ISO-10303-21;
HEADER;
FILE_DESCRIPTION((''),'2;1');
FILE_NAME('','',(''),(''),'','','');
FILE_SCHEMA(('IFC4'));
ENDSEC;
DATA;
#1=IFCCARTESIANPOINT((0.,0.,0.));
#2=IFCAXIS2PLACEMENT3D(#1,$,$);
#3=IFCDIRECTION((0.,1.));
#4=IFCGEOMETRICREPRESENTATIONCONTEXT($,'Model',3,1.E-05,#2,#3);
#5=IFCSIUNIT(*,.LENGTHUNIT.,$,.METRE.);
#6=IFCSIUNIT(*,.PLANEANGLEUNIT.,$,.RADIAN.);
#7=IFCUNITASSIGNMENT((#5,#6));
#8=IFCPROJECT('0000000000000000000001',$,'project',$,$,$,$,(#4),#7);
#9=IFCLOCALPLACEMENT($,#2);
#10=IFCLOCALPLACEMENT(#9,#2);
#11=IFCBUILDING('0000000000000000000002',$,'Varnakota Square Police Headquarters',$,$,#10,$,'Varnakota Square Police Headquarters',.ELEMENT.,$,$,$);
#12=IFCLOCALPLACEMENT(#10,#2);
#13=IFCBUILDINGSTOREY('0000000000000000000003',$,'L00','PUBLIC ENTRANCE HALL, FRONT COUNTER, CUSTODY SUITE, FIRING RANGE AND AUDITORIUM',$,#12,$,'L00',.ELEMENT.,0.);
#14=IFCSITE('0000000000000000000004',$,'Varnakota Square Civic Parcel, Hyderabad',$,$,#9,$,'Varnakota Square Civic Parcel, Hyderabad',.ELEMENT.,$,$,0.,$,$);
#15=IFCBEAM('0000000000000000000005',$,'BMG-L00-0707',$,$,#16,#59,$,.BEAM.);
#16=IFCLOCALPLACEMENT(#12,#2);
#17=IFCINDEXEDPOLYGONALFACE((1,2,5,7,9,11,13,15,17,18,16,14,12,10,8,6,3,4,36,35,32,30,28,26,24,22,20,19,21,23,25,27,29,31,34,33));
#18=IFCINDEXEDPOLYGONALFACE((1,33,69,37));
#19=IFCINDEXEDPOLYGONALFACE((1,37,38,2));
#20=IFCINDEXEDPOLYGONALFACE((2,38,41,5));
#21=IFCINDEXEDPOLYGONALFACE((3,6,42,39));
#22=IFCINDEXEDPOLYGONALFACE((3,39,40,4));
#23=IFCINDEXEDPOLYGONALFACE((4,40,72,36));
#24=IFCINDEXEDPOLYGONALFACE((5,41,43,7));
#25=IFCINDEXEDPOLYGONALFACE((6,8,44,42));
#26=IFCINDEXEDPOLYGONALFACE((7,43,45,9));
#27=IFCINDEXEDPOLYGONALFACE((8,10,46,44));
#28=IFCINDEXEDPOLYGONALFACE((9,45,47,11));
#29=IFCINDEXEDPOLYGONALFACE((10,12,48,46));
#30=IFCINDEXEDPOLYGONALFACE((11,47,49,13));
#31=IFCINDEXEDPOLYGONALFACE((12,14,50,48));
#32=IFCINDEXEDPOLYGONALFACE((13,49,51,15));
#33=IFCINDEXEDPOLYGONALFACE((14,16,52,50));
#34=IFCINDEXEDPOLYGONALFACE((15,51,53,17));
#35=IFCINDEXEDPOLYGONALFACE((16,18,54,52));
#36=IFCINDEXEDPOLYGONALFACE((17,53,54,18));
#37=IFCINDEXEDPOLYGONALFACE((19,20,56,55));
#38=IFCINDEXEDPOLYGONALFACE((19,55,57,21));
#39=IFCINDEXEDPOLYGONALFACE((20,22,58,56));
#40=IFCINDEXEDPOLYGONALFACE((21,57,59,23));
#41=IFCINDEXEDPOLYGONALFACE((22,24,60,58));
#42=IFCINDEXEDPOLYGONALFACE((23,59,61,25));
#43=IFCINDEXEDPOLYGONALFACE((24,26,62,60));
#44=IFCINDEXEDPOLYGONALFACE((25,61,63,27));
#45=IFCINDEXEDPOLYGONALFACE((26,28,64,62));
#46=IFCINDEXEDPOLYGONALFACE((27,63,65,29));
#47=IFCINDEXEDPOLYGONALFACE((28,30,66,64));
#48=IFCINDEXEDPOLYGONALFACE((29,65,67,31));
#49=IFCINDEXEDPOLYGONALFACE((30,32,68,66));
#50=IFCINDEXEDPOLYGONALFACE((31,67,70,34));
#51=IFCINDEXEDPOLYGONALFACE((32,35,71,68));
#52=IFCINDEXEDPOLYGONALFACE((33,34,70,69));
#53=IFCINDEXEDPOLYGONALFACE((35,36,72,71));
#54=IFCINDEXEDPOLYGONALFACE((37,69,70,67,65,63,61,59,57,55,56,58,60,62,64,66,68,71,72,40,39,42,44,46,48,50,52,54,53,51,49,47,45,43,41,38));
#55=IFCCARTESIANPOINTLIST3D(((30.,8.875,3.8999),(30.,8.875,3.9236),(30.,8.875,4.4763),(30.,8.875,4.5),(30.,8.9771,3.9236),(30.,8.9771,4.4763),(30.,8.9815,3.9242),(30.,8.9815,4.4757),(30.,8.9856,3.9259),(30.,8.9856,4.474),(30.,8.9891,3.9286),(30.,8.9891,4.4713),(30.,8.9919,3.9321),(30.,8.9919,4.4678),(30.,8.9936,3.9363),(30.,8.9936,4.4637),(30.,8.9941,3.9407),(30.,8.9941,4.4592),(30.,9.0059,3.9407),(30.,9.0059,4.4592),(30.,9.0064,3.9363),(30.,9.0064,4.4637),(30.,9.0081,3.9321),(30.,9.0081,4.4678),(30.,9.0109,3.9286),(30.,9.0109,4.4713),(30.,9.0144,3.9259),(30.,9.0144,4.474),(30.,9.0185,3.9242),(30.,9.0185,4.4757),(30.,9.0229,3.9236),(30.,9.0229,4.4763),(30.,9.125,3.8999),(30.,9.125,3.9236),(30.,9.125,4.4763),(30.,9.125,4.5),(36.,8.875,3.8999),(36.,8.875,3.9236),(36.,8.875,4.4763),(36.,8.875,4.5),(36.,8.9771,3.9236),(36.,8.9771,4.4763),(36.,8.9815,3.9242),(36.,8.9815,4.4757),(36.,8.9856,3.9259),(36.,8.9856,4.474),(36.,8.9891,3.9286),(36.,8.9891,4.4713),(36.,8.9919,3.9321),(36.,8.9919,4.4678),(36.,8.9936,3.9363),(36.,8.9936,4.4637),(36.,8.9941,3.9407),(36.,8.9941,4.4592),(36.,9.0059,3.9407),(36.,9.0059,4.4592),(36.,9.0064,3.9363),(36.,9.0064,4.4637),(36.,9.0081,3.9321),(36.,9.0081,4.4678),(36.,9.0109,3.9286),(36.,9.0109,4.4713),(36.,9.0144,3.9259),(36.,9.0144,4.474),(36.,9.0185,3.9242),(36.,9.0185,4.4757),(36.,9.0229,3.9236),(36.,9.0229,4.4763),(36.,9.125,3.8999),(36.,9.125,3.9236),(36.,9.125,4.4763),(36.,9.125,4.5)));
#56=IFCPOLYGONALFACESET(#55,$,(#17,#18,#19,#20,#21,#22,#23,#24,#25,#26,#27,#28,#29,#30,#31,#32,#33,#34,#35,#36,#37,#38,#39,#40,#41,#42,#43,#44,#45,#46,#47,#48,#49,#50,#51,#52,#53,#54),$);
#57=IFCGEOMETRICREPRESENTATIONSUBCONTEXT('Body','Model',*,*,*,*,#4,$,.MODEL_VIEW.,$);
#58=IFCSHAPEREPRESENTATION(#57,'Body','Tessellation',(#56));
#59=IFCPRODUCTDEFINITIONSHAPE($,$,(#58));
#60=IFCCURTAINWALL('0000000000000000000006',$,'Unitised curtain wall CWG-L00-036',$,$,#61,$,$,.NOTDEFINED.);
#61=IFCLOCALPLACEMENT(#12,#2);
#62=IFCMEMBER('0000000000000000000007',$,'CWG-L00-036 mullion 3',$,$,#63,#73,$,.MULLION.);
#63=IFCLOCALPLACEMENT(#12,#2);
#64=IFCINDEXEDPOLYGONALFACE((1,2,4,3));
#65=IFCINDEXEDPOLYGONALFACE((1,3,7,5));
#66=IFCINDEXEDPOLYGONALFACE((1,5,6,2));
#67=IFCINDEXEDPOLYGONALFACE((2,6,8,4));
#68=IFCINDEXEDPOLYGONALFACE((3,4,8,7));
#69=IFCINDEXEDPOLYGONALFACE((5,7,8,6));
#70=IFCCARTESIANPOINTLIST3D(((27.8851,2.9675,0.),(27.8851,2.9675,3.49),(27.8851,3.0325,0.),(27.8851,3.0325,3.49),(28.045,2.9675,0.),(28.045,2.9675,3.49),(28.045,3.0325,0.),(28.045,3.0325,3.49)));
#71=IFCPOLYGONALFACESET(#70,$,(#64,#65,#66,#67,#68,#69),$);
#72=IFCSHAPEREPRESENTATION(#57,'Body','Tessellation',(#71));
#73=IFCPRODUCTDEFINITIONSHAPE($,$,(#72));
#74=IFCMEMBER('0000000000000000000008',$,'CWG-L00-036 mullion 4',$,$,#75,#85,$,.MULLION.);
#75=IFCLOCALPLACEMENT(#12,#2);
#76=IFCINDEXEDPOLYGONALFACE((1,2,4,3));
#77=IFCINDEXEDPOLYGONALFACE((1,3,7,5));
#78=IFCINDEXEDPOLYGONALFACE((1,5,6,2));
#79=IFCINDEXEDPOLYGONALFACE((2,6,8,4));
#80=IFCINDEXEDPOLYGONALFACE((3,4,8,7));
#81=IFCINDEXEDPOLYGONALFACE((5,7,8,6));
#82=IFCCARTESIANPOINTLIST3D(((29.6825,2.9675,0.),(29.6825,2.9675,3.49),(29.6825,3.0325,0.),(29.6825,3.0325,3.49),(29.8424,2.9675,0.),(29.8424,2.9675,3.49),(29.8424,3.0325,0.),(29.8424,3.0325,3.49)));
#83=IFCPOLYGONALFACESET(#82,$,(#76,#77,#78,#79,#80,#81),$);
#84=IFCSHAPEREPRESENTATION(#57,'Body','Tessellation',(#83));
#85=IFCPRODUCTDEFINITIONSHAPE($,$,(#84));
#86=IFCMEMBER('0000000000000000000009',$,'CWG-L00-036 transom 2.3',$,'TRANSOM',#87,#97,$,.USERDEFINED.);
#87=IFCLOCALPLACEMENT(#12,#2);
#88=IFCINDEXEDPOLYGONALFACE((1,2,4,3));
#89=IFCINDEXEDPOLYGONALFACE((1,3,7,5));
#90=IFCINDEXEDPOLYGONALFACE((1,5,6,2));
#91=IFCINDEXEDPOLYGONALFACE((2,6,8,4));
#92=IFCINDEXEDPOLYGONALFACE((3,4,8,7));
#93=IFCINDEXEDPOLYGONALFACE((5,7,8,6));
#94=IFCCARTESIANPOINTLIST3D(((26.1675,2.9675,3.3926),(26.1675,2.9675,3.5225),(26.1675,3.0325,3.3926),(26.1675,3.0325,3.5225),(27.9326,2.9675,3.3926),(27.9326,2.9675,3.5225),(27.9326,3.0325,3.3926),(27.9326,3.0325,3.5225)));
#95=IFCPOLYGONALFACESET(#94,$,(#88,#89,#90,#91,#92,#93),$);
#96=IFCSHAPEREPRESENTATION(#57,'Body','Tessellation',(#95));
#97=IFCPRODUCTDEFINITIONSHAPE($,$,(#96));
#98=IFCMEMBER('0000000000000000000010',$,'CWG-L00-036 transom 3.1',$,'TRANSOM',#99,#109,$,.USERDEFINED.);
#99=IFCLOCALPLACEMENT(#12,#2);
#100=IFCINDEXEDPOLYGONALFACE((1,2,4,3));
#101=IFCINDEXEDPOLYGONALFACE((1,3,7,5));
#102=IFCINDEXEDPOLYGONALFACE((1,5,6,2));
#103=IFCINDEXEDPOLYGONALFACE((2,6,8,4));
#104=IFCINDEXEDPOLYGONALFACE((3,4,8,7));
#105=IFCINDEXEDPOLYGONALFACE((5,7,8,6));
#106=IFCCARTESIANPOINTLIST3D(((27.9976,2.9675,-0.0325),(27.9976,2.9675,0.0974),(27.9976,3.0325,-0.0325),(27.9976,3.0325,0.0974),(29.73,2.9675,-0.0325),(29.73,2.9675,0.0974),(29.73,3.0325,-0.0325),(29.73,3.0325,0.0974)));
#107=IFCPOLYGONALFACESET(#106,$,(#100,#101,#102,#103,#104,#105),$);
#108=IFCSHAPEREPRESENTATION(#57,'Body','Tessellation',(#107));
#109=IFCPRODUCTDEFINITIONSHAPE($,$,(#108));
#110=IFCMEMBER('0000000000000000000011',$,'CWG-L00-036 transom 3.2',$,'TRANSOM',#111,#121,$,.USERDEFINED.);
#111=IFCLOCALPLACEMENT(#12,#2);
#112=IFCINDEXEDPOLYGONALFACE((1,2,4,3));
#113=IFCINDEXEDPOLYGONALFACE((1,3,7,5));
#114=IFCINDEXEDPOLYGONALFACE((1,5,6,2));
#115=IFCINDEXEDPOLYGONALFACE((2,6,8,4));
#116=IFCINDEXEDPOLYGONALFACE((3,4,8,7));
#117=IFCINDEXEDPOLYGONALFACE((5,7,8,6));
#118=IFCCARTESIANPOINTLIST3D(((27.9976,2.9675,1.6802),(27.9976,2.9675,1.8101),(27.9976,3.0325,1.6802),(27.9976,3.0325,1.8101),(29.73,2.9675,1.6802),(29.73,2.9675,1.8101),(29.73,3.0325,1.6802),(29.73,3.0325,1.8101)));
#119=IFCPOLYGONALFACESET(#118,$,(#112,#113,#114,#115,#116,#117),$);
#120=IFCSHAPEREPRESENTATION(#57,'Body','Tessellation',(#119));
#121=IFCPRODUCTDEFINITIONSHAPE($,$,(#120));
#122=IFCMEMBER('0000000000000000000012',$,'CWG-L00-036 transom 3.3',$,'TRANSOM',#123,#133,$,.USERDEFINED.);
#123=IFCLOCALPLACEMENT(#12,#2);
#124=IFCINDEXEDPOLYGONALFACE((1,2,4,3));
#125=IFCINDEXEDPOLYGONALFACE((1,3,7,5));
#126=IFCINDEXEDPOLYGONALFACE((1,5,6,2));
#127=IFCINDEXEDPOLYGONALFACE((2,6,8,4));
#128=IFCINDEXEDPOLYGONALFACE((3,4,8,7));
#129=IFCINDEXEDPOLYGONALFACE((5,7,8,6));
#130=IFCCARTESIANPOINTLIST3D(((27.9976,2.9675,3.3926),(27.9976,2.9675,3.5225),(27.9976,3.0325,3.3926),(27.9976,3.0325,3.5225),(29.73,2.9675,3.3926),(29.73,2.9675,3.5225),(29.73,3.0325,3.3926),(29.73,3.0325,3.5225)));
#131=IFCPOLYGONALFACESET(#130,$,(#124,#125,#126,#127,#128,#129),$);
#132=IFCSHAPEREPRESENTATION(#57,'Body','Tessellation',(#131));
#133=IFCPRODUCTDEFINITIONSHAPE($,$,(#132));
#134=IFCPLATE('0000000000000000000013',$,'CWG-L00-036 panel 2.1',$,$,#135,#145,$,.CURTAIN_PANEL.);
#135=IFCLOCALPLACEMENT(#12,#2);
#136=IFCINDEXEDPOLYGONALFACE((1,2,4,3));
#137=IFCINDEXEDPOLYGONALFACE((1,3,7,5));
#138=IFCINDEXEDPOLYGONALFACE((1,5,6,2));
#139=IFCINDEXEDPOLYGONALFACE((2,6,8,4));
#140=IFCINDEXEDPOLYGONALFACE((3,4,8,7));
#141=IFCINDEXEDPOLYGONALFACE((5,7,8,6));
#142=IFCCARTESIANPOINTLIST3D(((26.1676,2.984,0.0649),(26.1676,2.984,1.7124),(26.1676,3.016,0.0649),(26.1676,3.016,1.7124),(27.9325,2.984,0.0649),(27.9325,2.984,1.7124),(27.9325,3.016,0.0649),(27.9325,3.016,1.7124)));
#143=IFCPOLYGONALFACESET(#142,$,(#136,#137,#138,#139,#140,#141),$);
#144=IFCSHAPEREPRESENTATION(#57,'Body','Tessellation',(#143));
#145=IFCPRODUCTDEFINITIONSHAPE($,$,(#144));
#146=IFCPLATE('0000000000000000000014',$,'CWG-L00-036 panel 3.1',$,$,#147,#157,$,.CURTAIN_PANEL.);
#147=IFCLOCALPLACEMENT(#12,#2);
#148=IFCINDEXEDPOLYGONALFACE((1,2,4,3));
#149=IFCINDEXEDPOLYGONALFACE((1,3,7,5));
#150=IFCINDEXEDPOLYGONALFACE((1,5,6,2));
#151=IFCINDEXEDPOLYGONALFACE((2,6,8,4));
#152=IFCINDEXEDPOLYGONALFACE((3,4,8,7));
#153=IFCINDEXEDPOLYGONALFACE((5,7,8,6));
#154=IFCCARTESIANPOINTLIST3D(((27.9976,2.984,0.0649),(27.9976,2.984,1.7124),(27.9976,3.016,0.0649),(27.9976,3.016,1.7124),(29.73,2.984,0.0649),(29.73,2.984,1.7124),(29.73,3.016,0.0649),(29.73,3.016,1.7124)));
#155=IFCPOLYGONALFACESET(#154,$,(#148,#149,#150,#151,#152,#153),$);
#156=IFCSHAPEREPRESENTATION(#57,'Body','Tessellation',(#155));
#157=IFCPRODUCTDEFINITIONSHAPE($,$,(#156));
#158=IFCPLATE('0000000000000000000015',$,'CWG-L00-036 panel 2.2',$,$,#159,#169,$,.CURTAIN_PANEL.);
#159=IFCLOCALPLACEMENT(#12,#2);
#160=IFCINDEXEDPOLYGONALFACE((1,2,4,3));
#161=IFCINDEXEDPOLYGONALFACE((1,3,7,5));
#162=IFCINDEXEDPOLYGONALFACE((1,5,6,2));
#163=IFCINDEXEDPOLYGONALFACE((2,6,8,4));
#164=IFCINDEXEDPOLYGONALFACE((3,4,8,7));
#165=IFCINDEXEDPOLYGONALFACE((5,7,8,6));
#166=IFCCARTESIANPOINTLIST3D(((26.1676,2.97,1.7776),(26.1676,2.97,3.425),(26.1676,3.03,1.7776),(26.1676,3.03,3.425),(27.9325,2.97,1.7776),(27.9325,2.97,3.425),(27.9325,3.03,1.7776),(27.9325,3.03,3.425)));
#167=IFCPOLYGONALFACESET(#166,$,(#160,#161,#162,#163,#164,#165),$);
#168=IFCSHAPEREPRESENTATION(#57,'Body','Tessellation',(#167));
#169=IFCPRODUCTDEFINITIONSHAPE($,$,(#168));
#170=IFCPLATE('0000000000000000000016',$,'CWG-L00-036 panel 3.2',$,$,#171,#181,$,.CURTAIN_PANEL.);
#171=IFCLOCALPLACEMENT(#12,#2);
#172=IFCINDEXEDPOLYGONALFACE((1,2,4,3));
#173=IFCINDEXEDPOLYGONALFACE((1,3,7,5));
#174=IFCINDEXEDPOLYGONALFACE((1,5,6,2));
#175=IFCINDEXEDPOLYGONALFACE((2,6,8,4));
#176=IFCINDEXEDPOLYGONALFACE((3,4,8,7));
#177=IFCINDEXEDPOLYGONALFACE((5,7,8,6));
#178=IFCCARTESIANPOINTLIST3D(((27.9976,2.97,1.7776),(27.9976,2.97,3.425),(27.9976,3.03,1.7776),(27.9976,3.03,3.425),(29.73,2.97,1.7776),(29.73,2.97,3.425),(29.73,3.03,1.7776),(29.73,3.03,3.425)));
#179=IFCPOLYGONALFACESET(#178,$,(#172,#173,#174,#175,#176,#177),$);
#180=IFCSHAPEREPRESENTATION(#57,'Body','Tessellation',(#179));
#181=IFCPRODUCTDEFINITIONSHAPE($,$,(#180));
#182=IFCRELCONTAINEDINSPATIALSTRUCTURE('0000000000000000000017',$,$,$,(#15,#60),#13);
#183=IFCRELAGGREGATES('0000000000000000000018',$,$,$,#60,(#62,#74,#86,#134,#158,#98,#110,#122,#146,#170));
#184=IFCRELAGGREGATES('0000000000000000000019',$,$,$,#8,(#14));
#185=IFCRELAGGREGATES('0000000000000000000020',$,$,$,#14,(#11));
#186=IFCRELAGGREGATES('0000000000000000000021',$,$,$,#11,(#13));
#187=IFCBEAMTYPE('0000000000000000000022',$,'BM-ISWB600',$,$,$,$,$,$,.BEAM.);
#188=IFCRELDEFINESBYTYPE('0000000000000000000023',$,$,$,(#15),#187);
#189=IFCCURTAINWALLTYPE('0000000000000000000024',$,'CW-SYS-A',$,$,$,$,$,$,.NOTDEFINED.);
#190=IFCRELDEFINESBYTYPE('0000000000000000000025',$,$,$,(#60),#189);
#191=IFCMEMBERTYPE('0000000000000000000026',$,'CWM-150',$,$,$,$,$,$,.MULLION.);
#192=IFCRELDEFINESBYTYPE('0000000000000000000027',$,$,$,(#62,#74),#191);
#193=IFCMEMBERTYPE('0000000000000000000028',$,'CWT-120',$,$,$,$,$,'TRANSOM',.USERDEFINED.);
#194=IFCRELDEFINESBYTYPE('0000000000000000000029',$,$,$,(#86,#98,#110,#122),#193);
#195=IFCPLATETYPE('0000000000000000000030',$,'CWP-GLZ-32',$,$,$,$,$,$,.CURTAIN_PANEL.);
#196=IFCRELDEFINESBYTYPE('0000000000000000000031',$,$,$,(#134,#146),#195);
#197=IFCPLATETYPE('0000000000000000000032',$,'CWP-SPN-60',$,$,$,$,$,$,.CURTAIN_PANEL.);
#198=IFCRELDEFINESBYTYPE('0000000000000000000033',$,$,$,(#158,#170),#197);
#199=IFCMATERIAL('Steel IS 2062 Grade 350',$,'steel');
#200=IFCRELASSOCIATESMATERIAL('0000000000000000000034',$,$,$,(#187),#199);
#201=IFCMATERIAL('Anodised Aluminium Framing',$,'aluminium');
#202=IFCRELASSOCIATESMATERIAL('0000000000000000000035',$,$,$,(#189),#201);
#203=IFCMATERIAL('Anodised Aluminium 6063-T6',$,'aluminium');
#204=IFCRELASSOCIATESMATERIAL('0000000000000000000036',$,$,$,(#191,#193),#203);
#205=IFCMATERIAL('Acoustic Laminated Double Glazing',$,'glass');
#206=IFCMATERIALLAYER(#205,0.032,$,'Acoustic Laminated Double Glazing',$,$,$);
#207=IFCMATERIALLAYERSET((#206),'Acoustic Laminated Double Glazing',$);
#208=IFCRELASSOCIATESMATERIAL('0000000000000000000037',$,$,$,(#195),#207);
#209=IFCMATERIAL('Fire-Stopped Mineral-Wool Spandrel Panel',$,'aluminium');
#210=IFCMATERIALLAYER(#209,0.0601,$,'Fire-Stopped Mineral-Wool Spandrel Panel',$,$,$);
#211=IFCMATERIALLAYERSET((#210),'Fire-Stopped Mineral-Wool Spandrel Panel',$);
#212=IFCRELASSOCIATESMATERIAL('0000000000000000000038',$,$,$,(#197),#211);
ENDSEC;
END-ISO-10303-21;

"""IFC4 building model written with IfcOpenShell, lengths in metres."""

from ifc_helpers import new_model, si_unit, direction, frame, origin, origin_2d, place, context, subcontext, project, spatial, rectangle, i_section, extrude, material, layer, layer_set, material_profile, profile_set, type_object, element, aggregate, save


model = new_model("IFC4")

# Units and contexts
model_context = context("Model", 3, precision=1e-05, world=origin(), true_north=direction((0.0, 1.0)))
body_context = subcontext(model_context, "Body", "Model", "MODEL_VIEW")
ifc_project = project(units=[si_unit("LENGTHUNIT", "METRE"), si_unit("PLANEANGLEUNIT", "RADIAN")], contexts=[model_context])

# Site, building, storey
site_placement = place(None, origin())
site = spatial("IfcSite", under=ifc_project, at=site_placement, Name="Varnakota Square Civic Parcel, Hyderabad", LongName="Varnakota Square Civic Parcel, Hyderabad", CompositionType="ELEMENT", RefElevation=0.0)
building_placement = place(site_placement, origin())
building = spatial("IfcBuilding", under=site, at=building_placement, Name="Varnakota Square Police Headquarters", LongName="Varnakota Square Police Headquarters", CompositionType="ELEMENT")
storey_placement = place(building_placement, origin())
storey = spatial("IfcBuildingStorey", under=building, at=storey_placement, Name="L00", Description="PUBLIC ENTRANCE HALL, FRONT COUNTER, CUSTODY SUITE, FIRING RANGE AND AUDITORIUM", LongName="L00", CompositionType="ELEMENT", Elevation=0.0)

# Beam
ifc_material_1 = material(Name="Steel IS 2062 Grade 350", Category="steel")
ifc_material_profile_1 = material_profile(ifc_material_1, i_section(OverallWidth=0.25, OverallDepth=0.6001, WebThickness=0.0117, FlangeThickness=0.0237, FilletRadius=0.0171, at=origin_2d()), Name="ISWB 600")
ifc_profile_set_1 = profile_set([ifc_material_profile_1], Name="Steel IS 2062 Grade 350")
beam_type_1 = type_object("IfcBeamType", Name="BM-ISWB600", PredefinedType="BEAM", material=ifc_profile_set_1)
beam_1_placement = place(storey_placement, frame((30.0, 9.0, 4.2), z_axis=(1.0, 0.0, 0.0), x_axis=(0.0, 1.0, 0.0)))
element("IfcBeam", 1, at=beam_1_placement, inside=storey, type_object=beam_type_1, Name="BMG-L00-0707", PredefinedType="BEAM", context=body_context, shape_type="SweptSolid", body=[
    extrude(i_section(OverallWidth=0.25, OverallDepth=0.6001, WebThickness=0.0117, FlangeThickness=0.0237, FilletRadius=0.0171, at=origin_2d()), origin(), (0.0, 0.0, 1.0), 6.0),
])

# Curtain wall, members, plates
ifc_material_2 = material(Name="Anodised Aluminium Framing", Category="aluminium")
curtain_wall_type = type_object("IfcCurtainWallType", Name="CW-SYS-A", PredefinedType="NOTDEFINED", material=ifc_material_2)
curtain_wall_placement = place(storey_placement, origin())
curtain_wall = element("IfcCurtainWall", 2, at=curtain_wall_placement, inside=storey, type_object=curtain_wall_type, Name="Unitised curtain wall CWG-L00-036", PredefinedType="NOTDEFINED")
ifc_material_3 = material(Name="Anodised Aluminium 6063-T6", Category="aluminium")
ifc_material_profile_2 = material_profile(ifc_material_3, rectangle(XDim=0.0649, YDim=0.1599, at=origin_2d()), Name="ALU MULLION 65x160")
ifc_profile_set_2 = profile_set([ifc_material_profile_2], Name="Anodised Aluminium 6063-T6")
member_type_1 = type_object("IfcMemberType", Name="CWM-150", PredefinedType="MULLION", material=ifc_profile_set_2)
member_1_placement = place(storey_placement, frame((27.9651, 3.0, 0.0), z_axis=(0.0, 0.0, 1.0), x_axis=(0.0, 1.0, 0.0)))
member_1 = element("IfcMember", 3, at=member_1_placement, type_object=member_type_1, Name="CWG-L00-036 mullion 3", PredefinedType="MULLION", context=body_context, shape_type="SweptSolid", body=[
    extrude(rectangle(XDim=0.0649, YDim=0.1599, at=origin_2d()), origin(), (0.0, 0.0, 1.0), 3.49),
])
member_2_placement = place(storey_placement, frame((29.7625, 3.0, 0.0), z_axis=(0.0, 0.0, 1.0), x_axis=(0.0, 1.0, 0.0)))
member_2 = element("IfcMember", 4, at=member_2_placement, type_object=member_type_1, Name="CWG-L00-036 mullion 4", PredefinedType="MULLION", context=body_context, shape_type="SweptSolid", body=[
    extrude(rectangle(XDim=0.0649, YDim=0.1599, at=origin_2d()), origin(), (0.0, 0.0, 1.0), 3.49),
])
ifc_material_profile_3 = material_profile(ifc_material_3, rectangle(XDim=0.0649, YDim=0.1299, at=origin_2d()), Name="ALU TRANSOM 65x130")
ifc_profile_set_3 = profile_set([ifc_material_profile_3], Name="Anodised Aluminium 6063-T6")
member_type_2 = type_object("IfcMemberType", Name="CWT-120", ElementType="TRANSOM", PredefinedType="USERDEFINED", material=ifc_profile_set_3)
member_3_placement = place(storey_placement, frame((26.1675, 3.0, 3.4575), z_axis=(1.0, 0.0, 0.0), x_axis=(0.0, 1.0, 0.0)))
member_3 = element("IfcMember", 5, at=member_3_placement, type_object=member_type_2, Name="CWG-L00-036 transom 2.3", ObjectType="TRANSOM", PredefinedType="USERDEFINED", context=body_context, shape_type="SweptSolid", body=[
    extrude(rectangle(XDim=0.0649, YDim=0.1299, at=origin_2d()), origin(), (0.0, 0.0, 1.0), 1.7651),
])
member_4_placement = place(storey_placement, frame((27.9976, 3.0, 0.0325), z_axis=(1.0, 0.0, 0.0), x_axis=(0.0, 1.0, 0.0)))
member_4 = element("IfcMember", 6, at=member_4_placement, type_object=member_type_2, Name="CWG-L00-036 transom 3.1", ObjectType="TRANSOM", PredefinedType="USERDEFINED", context=body_context, shape_type="SweptSolid", body=[
    extrude(rectangle(XDim=0.0649, YDim=0.1299, at=origin_2d()), origin(), (0.0, 0.0, 1.0), 1.7324),
])
member_5_placement = place(storey_placement, frame((27.9976, 3.0, 1.7451), z_axis=(1.0, 0.0, 0.0), x_axis=(0.0, 1.0, 0.0)))
member_5 = element("IfcMember", 7, at=member_5_placement, type_object=member_type_2, Name="CWG-L00-036 transom 3.2", ObjectType="TRANSOM", PredefinedType="USERDEFINED", context=body_context, shape_type="SweptSolid", body=[
    extrude(rectangle(XDim=0.0649, YDim=0.1299, at=origin_2d()), origin(), (0.0, 0.0, 1.0), 1.7324),
])
member_6_placement = place(storey_placement, frame((27.9976, 3.0, 3.4575), z_axis=(1.0, 0.0, 0.0), x_axis=(0.0, 1.0, 0.0)))
member_6 = element("IfcMember", 8, at=member_6_placement, type_object=member_type_2, Name="CWG-L00-036 transom 3.3", ObjectType="TRANSOM", PredefinedType="USERDEFINED", context=body_context, shape_type="SweptSolid", body=[
    extrude(rectangle(XDim=0.0649, YDim=0.1299, at=origin_2d()), origin(), (0.0, 0.0, 1.0), 1.7324),
])
ifc_material_4 = material(Name="Acoustic Laminated Double Glazing", Category="glass")
ifc_layer_1 = layer(ifc_material_4, 0.032, Name="Acoustic Laminated Double Glazing")
ifc_layer_set_1 = layer_set([ifc_layer_1], Name="Acoustic Laminated Double Glazing")
plate_type_1 = type_object("IfcPlateType", Name="CWP-GLZ-32", PredefinedType="CURTAIN_PANEL", material=ifc_layer_set_1)
plate_1_placement = place(storey_placement, frame((27.05, 3.0, 0.0649), z_axis=(0.0, 0.0, 1.0), x_axis=(1.0, 0.0, 0.0)))
plate_1 = element("IfcPlate", 9, at=plate_1_placement, type_object=plate_type_1, Name="CWG-L00-036 panel 2.1", PredefinedType="CURTAIN_PANEL", context=body_context, shape_type="SweptSolid", body=[
    extrude(rectangle(XDim=1.7649, YDim=0.032, at=origin_2d()), origin(), (0.0, 0.0, 1.0), 1.6475),
])
plate_2_placement = place(storey_placement, frame((28.8638, 3.0, 0.0649), z_axis=(0.0, 0.0, 1.0), x_axis=(1.0, 0.0, 0.0)))
plate_2 = element("IfcPlate", 10, at=plate_2_placement, type_object=plate_type_1, Name="CWG-L00-036 panel 3.1", PredefinedType="CURTAIN_PANEL", context=body_context, shape_type="SweptSolid", body=[
    extrude(rectangle(XDim=1.7324, YDim=0.032, at=origin_2d()), origin(), (0.0, 0.0, 1.0), 1.6475),
])
ifc_material_5 = material(Name="Fire-Stopped Mineral-Wool Spandrel Panel", Category="aluminium")
ifc_layer_2 = layer(ifc_material_5, 0.0601, Name="Fire-Stopped Mineral-Wool Spandrel Panel")
ifc_layer_set_2 = layer_set([ifc_layer_2], Name="Fire-Stopped Mineral-Wool Spandrel Panel")
plate_type_2 = type_object("IfcPlateType", Name="CWP-SPN-60", PredefinedType="CURTAIN_PANEL", material=ifc_layer_set_2)
plate_3_placement = place(storey_placement, frame((27.05, 3.0, 1.7776), z_axis=(0.0, 0.0, 1.0), x_axis=(1.0, 0.0, 0.0)))
plate_3 = element("IfcPlate", 11, at=plate_3_placement, type_object=plate_type_2, Name="CWG-L00-036 panel 2.2", PredefinedType="CURTAIN_PANEL", context=body_context, shape_type="SweptSolid", body=[
    extrude(rectangle(XDim=1.7649, YDim=0.0601, at=origin_2d()), origin(), (0.0, 0.0, 1.0), 1.6475),
])
plate_4_placement = place(storey_placement, frame((28.8638, 3.0, 1.7776), z_axis=(0.0, 0.0, 1.0), x_axis=(1.0, 0.0, 0.0)))
plate_4 = element("IfcPlate", 12, at=plate_4_placement, type_object=plate_type_2, Name="CWG-L00-036 panel 3.2", PredefinedType="CURTAIN_PANEL", context=body_context, shape_type="SweptSolid", body=[
    extrude(rectangle(XDim=1.7324, YDim=0.0601, at=origin_2d()), origin(), (0.0, 0.0, 1.0), 1.6475),
])
aggregate(curtain_wall, [member_1, member_2, member_3, plate_1, plate_3, member_4, member_5, member_6, plate_2, plate_4])

save(model, "model.ifc")
